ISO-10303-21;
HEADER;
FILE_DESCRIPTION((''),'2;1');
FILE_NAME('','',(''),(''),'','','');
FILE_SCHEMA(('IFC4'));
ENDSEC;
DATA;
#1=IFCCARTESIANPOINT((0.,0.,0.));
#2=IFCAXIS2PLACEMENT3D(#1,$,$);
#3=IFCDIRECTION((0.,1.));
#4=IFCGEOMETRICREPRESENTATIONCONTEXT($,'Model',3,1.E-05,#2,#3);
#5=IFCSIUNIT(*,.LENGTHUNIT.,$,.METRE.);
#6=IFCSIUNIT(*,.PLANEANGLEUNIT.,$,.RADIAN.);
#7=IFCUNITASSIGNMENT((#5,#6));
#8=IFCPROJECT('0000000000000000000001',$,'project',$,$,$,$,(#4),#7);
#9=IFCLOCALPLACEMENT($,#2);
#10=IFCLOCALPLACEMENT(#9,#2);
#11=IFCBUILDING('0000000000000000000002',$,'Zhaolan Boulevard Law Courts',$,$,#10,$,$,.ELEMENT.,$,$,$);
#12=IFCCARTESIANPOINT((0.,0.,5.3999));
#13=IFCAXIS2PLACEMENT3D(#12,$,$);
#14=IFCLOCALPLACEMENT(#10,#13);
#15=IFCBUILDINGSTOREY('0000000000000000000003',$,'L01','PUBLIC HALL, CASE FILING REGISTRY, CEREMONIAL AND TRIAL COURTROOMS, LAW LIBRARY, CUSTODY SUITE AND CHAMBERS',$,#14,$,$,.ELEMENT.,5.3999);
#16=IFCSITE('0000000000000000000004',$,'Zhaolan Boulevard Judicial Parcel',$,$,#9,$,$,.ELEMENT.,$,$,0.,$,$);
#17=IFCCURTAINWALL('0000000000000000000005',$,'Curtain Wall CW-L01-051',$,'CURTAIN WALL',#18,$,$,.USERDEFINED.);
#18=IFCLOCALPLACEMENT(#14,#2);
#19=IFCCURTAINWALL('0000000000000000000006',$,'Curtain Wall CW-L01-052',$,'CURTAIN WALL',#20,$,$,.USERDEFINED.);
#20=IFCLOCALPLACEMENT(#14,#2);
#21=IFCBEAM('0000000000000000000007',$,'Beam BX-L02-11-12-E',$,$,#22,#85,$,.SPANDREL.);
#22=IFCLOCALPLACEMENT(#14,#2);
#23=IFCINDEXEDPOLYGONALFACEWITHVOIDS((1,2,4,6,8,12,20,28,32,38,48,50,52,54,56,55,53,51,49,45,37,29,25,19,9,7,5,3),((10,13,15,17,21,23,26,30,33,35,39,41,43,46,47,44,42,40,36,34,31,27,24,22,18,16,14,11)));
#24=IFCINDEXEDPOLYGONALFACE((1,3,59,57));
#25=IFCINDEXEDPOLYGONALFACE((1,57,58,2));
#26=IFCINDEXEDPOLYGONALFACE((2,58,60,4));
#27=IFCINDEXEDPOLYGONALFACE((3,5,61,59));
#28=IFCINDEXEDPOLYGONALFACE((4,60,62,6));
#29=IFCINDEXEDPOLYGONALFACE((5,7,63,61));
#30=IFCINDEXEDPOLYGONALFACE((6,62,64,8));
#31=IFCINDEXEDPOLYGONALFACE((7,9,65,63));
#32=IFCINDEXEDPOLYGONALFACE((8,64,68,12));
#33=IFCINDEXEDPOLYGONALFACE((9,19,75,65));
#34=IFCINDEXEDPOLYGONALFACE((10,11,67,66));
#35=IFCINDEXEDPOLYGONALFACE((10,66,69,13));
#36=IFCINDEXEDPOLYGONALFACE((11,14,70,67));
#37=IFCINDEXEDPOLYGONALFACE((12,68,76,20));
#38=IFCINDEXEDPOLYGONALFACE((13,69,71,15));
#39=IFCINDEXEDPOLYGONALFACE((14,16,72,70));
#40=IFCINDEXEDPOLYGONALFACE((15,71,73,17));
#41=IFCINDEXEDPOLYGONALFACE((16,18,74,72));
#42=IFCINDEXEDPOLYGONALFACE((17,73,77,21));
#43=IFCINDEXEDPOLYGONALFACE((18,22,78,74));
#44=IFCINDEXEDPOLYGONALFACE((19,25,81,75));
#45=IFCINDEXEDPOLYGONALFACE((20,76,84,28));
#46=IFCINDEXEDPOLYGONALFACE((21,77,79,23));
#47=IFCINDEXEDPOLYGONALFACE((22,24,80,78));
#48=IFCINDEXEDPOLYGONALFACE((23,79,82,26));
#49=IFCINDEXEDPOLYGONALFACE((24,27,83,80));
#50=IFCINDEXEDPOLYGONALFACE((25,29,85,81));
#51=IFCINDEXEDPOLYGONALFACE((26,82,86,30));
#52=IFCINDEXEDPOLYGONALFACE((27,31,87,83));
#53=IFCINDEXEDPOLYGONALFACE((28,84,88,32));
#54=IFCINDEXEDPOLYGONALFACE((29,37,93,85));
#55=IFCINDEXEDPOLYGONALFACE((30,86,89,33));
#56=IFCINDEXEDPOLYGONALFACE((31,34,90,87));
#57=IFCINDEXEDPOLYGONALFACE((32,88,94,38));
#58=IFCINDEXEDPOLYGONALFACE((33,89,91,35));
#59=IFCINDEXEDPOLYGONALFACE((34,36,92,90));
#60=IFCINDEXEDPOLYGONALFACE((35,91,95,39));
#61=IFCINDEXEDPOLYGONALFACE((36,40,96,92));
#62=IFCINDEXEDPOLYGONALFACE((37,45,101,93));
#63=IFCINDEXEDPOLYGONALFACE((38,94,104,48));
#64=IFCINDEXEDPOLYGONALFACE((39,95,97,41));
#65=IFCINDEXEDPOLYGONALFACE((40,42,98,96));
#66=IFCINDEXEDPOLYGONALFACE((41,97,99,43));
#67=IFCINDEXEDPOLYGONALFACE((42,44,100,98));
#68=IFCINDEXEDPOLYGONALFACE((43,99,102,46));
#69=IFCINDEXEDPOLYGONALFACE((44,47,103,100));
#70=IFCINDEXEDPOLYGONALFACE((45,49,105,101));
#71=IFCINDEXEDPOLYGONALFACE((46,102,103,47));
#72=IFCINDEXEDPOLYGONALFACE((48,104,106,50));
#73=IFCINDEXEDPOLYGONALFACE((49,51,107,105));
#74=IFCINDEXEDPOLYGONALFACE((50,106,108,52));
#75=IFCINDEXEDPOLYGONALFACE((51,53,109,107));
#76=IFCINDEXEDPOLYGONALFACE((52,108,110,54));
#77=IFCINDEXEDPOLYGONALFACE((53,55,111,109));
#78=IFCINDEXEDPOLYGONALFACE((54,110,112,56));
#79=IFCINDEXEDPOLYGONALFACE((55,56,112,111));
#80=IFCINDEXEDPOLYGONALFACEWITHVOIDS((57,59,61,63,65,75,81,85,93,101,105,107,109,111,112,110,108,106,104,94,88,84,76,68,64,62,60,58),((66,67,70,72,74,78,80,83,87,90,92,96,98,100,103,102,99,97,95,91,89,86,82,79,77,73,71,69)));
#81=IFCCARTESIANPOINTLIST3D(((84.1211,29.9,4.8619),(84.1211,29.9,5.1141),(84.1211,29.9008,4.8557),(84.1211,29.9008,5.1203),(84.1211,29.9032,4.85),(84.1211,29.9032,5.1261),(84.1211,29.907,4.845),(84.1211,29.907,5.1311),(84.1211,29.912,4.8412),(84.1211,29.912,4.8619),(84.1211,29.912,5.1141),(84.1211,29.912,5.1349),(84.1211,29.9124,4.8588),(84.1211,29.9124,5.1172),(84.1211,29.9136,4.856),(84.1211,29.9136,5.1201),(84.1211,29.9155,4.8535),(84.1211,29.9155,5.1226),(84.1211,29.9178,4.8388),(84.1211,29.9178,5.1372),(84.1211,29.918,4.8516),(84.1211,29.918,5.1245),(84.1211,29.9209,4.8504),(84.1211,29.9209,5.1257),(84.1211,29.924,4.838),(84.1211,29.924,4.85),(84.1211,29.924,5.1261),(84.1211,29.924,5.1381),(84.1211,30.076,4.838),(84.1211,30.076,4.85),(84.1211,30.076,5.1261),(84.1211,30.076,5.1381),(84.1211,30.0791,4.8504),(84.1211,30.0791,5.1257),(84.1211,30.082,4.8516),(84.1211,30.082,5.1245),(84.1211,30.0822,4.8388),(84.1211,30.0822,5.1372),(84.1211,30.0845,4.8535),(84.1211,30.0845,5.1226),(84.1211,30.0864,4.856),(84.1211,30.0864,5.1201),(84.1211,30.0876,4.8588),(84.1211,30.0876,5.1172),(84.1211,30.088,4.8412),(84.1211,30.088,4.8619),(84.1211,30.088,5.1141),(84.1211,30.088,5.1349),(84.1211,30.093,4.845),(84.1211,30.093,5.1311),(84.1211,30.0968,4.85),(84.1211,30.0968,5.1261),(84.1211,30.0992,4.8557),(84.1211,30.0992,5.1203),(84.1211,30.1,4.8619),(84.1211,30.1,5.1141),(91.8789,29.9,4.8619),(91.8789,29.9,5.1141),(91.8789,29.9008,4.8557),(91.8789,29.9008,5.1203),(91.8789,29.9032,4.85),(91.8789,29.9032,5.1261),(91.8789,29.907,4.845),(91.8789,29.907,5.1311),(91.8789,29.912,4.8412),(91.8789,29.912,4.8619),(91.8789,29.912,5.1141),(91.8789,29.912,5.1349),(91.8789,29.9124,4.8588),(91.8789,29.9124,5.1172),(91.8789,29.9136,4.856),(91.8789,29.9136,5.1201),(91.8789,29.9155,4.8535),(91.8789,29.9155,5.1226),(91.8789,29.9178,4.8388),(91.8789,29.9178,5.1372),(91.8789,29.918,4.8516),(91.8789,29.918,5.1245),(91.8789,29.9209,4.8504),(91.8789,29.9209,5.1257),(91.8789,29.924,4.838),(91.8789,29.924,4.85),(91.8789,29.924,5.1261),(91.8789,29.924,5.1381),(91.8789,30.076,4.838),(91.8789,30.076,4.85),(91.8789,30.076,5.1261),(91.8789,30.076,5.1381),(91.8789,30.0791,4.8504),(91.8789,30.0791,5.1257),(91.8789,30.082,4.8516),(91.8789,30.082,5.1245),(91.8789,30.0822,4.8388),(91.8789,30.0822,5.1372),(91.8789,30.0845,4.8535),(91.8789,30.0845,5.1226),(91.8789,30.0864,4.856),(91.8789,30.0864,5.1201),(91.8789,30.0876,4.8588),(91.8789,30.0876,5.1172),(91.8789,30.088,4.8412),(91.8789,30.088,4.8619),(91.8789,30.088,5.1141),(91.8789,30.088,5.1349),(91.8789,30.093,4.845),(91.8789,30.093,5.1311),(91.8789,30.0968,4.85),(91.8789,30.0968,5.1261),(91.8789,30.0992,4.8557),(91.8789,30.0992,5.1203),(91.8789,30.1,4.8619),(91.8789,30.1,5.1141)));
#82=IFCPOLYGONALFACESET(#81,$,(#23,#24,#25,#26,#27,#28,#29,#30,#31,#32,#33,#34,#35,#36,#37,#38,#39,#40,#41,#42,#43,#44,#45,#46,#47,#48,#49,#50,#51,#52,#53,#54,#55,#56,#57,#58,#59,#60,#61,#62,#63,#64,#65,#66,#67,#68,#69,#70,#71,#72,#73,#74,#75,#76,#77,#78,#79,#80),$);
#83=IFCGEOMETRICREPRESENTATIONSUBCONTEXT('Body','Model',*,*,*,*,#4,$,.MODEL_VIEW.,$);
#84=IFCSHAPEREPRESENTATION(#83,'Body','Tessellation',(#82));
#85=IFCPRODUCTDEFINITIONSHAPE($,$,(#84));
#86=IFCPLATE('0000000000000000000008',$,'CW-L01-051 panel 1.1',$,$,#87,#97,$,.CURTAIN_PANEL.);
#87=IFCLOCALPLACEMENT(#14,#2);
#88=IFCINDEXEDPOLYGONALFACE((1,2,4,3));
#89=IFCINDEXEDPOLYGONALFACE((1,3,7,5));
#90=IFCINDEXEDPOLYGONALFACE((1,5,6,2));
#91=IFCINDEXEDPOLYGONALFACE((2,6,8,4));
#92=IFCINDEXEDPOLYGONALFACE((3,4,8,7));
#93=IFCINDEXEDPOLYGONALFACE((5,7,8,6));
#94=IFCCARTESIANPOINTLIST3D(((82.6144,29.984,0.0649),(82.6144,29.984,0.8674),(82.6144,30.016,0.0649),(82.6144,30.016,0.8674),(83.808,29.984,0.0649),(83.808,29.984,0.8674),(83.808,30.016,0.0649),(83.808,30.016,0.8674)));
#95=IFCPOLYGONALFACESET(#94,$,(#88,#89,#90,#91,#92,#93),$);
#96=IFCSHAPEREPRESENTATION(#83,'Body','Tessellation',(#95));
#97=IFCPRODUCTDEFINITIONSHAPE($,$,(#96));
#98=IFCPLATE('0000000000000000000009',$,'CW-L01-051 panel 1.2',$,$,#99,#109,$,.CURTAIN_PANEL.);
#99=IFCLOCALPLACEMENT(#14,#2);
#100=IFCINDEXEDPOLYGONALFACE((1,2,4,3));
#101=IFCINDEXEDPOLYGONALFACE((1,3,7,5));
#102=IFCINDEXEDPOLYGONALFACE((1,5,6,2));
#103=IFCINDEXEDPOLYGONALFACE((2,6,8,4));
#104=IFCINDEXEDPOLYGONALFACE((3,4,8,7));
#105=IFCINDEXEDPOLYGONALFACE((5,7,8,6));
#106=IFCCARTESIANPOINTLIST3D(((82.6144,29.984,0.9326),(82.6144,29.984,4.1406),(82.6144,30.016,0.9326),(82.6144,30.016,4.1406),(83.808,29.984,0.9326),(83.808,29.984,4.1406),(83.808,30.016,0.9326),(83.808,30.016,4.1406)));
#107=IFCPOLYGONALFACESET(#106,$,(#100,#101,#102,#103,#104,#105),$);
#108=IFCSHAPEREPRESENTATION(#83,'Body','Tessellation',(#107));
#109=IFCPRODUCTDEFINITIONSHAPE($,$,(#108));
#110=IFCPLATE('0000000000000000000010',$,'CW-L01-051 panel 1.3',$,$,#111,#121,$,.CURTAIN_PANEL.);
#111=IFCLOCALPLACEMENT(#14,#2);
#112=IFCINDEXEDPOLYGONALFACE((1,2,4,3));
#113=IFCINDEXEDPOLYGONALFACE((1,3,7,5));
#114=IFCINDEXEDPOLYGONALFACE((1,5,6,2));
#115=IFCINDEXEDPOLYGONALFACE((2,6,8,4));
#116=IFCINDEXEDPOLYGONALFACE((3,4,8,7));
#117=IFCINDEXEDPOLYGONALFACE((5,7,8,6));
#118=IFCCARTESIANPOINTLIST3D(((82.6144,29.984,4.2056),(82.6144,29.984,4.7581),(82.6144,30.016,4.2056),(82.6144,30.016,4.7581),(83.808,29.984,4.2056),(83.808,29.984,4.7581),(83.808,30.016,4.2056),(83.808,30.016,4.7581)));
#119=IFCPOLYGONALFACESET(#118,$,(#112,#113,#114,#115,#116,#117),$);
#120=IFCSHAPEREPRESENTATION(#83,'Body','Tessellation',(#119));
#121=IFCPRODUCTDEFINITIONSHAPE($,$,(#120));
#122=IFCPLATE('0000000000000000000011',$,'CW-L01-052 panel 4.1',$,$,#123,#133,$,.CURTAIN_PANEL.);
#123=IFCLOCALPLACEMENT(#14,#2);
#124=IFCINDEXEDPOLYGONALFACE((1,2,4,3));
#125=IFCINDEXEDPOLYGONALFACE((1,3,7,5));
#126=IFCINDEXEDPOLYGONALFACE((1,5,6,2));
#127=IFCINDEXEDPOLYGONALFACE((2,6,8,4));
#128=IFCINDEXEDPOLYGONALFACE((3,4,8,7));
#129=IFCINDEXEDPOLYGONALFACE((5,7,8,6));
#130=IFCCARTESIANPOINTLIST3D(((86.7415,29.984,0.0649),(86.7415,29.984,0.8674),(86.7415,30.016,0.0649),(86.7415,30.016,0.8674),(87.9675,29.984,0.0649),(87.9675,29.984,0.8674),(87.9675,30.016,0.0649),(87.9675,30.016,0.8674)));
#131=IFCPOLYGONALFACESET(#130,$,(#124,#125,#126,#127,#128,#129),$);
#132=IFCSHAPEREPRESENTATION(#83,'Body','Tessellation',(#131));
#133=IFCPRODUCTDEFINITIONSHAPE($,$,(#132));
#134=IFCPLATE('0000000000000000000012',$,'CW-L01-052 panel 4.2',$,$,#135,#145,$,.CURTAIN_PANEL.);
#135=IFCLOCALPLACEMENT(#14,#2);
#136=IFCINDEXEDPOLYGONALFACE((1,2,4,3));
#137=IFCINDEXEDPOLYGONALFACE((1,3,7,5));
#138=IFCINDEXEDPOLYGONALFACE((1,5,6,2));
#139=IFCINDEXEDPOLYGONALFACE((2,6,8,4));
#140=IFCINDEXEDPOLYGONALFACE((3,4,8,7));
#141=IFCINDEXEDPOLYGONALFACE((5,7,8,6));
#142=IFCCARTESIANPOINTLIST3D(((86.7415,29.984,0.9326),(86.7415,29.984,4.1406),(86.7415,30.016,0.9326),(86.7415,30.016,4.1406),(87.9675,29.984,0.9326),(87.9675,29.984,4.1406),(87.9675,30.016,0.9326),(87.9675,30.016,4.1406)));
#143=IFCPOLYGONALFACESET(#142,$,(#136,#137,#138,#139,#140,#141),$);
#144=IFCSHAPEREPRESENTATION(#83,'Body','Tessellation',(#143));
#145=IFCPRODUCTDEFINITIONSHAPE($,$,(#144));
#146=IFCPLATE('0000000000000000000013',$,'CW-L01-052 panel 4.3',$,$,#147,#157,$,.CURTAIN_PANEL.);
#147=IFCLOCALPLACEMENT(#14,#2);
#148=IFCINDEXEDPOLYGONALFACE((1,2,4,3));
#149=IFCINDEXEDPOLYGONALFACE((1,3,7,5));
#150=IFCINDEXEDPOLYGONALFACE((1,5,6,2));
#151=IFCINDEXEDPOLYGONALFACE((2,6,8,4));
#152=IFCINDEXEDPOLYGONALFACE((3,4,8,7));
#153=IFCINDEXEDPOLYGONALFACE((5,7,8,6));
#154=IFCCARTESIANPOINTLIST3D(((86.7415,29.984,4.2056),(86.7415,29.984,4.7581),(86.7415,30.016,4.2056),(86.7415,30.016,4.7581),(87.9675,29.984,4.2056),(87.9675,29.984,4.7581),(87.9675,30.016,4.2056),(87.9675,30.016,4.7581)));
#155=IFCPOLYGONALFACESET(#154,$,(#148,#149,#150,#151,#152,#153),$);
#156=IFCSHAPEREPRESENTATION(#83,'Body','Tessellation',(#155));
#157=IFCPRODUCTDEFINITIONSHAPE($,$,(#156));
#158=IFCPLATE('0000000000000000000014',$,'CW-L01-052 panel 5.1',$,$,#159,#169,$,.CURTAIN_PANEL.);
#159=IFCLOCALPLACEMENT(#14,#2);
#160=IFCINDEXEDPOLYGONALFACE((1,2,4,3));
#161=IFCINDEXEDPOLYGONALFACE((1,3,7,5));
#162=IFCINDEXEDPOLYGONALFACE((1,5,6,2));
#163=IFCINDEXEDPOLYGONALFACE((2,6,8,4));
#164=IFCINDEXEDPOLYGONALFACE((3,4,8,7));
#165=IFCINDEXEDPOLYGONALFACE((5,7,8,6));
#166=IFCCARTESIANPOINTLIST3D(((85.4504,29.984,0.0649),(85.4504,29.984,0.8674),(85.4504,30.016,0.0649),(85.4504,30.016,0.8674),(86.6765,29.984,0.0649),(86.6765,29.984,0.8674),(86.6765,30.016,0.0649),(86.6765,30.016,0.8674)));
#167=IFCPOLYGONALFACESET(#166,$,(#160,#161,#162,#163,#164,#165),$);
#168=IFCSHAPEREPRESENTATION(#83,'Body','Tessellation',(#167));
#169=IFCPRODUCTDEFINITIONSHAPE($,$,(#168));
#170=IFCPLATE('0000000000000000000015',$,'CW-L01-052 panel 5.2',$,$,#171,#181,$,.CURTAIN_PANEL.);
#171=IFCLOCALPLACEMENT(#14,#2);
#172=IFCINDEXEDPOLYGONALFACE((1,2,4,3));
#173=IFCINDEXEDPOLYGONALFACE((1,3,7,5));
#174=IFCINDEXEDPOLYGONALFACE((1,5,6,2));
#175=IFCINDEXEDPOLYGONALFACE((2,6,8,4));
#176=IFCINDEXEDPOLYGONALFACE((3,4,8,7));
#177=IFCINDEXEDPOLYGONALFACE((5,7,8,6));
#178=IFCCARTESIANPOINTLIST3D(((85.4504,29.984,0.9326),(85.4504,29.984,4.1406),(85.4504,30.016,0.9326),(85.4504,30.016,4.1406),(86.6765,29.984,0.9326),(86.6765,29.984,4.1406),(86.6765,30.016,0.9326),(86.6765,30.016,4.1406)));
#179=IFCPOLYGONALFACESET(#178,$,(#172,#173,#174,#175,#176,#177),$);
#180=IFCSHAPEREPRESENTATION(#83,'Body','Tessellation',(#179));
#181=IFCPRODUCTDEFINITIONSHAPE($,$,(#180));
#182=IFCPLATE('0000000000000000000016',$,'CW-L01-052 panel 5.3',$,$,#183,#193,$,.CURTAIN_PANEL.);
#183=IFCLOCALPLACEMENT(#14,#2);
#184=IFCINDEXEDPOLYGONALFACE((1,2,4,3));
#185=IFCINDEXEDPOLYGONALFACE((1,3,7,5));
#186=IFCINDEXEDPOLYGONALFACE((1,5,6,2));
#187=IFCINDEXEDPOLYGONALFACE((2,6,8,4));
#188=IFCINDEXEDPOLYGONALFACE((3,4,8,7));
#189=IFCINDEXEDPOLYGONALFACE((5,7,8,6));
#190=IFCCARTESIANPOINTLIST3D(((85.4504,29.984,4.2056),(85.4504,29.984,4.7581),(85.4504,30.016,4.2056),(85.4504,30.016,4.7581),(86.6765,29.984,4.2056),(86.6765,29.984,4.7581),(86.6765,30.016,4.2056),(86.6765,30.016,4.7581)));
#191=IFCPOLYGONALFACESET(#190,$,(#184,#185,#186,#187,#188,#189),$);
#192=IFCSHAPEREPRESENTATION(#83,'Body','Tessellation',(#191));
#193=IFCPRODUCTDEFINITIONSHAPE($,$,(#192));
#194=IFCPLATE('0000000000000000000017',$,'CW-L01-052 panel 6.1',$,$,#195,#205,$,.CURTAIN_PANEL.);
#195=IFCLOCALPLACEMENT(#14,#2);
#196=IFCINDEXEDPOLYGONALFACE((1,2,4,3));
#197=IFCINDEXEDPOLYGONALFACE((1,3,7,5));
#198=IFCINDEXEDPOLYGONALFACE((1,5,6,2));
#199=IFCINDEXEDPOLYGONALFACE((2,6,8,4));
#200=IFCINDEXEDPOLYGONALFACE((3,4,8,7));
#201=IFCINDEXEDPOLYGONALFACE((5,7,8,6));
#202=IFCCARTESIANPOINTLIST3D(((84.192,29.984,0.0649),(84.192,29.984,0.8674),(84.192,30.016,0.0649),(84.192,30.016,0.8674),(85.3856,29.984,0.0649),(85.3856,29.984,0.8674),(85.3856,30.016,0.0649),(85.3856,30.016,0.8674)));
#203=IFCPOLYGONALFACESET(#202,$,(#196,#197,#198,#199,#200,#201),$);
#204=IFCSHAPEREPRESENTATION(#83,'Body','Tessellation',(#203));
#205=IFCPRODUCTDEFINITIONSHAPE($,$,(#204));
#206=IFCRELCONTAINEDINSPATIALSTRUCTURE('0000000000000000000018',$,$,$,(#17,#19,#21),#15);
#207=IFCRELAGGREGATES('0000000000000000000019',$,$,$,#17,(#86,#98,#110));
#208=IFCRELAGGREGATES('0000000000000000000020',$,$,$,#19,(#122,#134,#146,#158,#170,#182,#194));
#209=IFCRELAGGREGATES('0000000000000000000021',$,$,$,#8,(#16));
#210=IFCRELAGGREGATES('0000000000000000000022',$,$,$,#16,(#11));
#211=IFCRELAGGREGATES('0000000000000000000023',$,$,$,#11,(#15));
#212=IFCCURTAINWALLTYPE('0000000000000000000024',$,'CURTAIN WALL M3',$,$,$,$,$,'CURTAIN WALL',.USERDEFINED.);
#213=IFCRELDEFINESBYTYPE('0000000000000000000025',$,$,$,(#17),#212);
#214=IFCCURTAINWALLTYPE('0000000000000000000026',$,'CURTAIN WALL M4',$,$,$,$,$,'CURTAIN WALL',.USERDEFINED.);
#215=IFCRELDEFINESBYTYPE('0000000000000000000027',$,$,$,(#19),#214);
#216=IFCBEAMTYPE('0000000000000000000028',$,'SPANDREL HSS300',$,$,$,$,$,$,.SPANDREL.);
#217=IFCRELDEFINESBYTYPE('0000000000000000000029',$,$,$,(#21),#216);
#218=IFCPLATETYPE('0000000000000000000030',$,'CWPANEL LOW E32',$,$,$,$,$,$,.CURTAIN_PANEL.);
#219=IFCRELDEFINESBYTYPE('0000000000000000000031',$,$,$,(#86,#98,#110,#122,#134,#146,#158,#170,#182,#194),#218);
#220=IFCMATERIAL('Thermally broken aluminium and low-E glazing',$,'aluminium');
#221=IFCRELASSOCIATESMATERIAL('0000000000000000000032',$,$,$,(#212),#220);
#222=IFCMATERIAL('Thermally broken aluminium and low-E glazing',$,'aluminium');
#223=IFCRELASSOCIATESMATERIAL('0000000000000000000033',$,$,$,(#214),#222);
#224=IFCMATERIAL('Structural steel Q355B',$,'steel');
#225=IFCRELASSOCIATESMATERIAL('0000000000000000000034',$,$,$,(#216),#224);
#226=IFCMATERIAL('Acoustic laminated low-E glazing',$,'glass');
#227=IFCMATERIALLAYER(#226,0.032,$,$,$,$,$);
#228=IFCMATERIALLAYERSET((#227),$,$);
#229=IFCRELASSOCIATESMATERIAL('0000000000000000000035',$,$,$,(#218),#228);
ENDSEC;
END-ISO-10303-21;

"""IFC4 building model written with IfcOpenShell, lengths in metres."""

from ifc_helpers import new_model, si_unit, direction, frame, origin, origin_2d, place, context, subcontext, project, spatial, rectangle, hollow_rectangle, extrude, material, layer, layer_set, material_profile, profile_set, type_object, element, aggregate, save


model = new_model("IFC4")

# Units and contexts
model_context = context("Model", 3, precision=1e-05, world=origin(), true_north=direction((0.0, 1.0)))
body_context = subcontext(model_context, "Body", "Model", "MODEL_VIEW")
ifc_project = project(units=[si_unit("LENGTHUNIT", "METRE"), si_unit("PLANEANGLEUNIT", "RADIAN")], contexts=[model_context])

# Site, building, storey
site_placement = place(None, origin())
site = spatial("IfcSite", under=ifc_project, at=site_placement, Name="Zhaolan Boulevard Judicial Parcel", CompositionType="ELEMENT", RefElevation=0.0)
building_placement = place(site_placement, origin())
building = spatial("IfcBuilding", under=site, at=building_placement, Name="Zhaolan Boulevard Law Courts", CompositionType="ELEMENT")
storey_placement = place(building_placement, frame((0.0, 0.0, 5.3999)))
storey = spatial("IfcBuildingStorey", under=building, at=storey_placement, Name="L01", Description="PUBLIC HALL, CASE FILING REGISTRY, CEREMONIAL AND TRIAL COURTROOMS, LAW LIBRARY, CUSTODY SUITE AND CHAMBERS", CompositionType="ELEMENT", Elevation=5.3999)

# Curtain wall
ifc_material_1 = material(Name="Thermally broken aluminium and low-E glazing", Category="aluminium")
curtain_wall_type_1 = type_object("IfcCurtainWallType", Name="CURTAIN WALL M3", ElementType="CURTAIN WALL", PredefinedType="USERDEFINED", material=ifc_material_1)
curtain_wall_1_placement = place(storey_placement, origin())
curtain_wall_1 = element("IfcCurtainWall", 1, at=curtain_wall_1_placement, inside=storey, type_object=curtain_wall_type_1, Name="Curtain Wall CW-L01-051", ObjectType="CURTAIN WALL", PredefinedType="USERDEFINED")

# Curtain wall
ifc_material_2 = material(Name="Thermally broken aluminium and low-E glazing", Category="aluminium")
curtain_wall_type_2 = type_object("IfcCurtainWallType", Name="CURTAIN WALL M4", ElementType="CURTAIN WALL", PredefinedType="USERDEFINED", material=ifc_material_2)
curtain_wall_2_placement = place(storey_placement, origin())
curtain_wall_2 = element("IfcCurtainWall", 2, at=curtain_wall_2_placement, inside=storey, type_object=curtain_wall_type_2, Name="Curtain Wall CW-L01-052", ObjectType="CURTAIN WALL", PredefinedType="USERDEFINED")

# Beam
ifc_material_3 = material(Name="Structural steel Q355B", Category="steel")
ifc_material_profile_1 = material_profile(ifc_material_3, hollow_rectangle(XDim=0.2, YDim=0.3, WallThickness=0.012, InnerFilletRadius=0.012, OuterFilletRadius=0.0239, at=origin_2d()), Name="HSS300x200x12")
ifc_profile_set_1 = profile_set([ifc_material_profile_1], Name="Structural steel Q355B")
beam_type_1 = type_object("IfcBeamType", Name="SPANDREL HSS300", PredefinedType="SPANDREL", material=ifc_profile_set_1)
beam_1_placement = place(storey_placement, frame((84.1211, 30.0, 4.988), z_axis=(1.0, 0.0, 0.0), x_axis=(0.0, 1.0, 0.0)))
element("IfcBeam", 3, at=beam_1_placement, inside=storey, type_object=beam_type_1, Name="Beam BX-L02-11-12-E", PredefinedType="SPANDREL", context=body_context, shape_type="SweptSolid", body=[
    extrude(hollow_rectangle(XDim=0.2, YDim=0.3, WallThickness=0.012, InnerFilletRadius=0.012, OuterFilletRadius=0.0239, at=origin_2d()), origin(), (0.0, 0.0, 1.0), 7.7578),
])

# Plates
ifc_material_4 = material(Name="Acoustic laminated low-E glazing", Category="glass")
ifc_layer_1 = layer(ifc_material_4, 0.032)
ifc_layer_set_1 = layer_set([ifc_layer_1])
plate_type_1 = type_object("IfcPlateType", Name="CWPANEL LOW E32", PredefinedType="CURTAIN_PANEL", material=ifc_layer_set_1)
plate_1_placement = place(storey_placement, frame((83.2112, 30.0, 0.0649), z_axis=(0.0, 0.0, 1.0), x_axis=(-1.0, 0.0, 0.0)))
plate_1 = element("IfcPlate", 4, at=plate_1_placement, type_object=plate_type_1, Name="CW-L01-051 panel 1.1", PredefinedType="CURTAIN_PANEL", context=body_context, shape_type="SweptSolid", body=[
    extrude(rectangle(XDim=1.1936, YDim=0.032, at=origin_2d()), origin(), (0.0, 0.0, 1.0), 0.8025),
])
plate_2_placement = place(storey_placement, frame((83.2112, 30.0, 0.9326), z_axis=(0.0, 0.0, 1.0), x_axis=(-1.0, 0.0, 0.0)))
plate_2 = element("IfcPlate", 5, at=plate_2_placement, type_object=plate_type_1, Name="CW-L01-051 panel 1.2", PredefinedType="CURTAIN_PANEL", context=body_context, shape_type="SweptSolid", body=[
    extrude(rectangle(XDim=1.1936, YDim=0.032, at=origin_2d()), origin(), (0.0, 0.0, 1.0), 3.208),
])
plate_3_placement = place(storey_placement, frame((83.2112, 30.0, 4.2056), z_axis=(0.0, 0.0, 1.0), x_axis=(-1.0, 0.0, 0.0)))
plate_3 = element("IfcPlate", 6, at=plate_3_placement, type_object=plate_type_1, Name="CW-L01-051 panel 1.3", PredefinedType="CURTAIN_PANEL", context=body_context, shape_type="SweptSolid", body=[
    extrude(rectangle(XDim=1.1936, YDim=0.032, at=origin_2d()), origin(), (0.0, 0.0, 1.0), 0.5525),
])
aggregate(curtain_wall_1, [plate_1, plate_2, plate_3])
plate_4_placement = place(storey_placement, frame((87.3545, 30.0, 0.0649), z_axis=(0.0, 0.0, 1.0), x_axis=(-1.0, 0.0, 0.0)))
plate_4 = element("IfcPlate", 7, at=plate_4_placement, type_object=plate_type_1, Name="CW-L01-052 panel 4.1", PredefinedType="CURTAIN_PANEL", context=body_context, shape_type="SweptSolid", body=[
    extrude(rectangle(XDim=1.2261, YDim=0.032, at=origin_2d()), origin(), (0.0, 0.0, 1.0), 0.8025),
])
plate_5_placement = place(storey_placement, frame((87.3545, 30.0, 0.9326), z_axis=(0.0, 0.0, 1.0), x_axis=(-1.0, 0.0, 0.0)))
plate_5 = element("IfcPlate", 8, at=plate_5_placement, type_object=plate_type_1, Name="CW-L01-052 panel 4.2", PredefinedType="CURTAIN_PANEL", context=body_context, shape_type="SweptSolid", body=[
    extrude(rectangle(XDim=1.2261, YDim=0.032, at=origin_2d()), origin(), (0.0, 0.0, 1.0), 3.208),
])
plate_6_placement = place(storey_placement, frame((87.3545, 30.0, 4.2056), z_axis=(0.0, 0.0, 1.0), x_axis=(-1.0, 0.0, 0.0)))
plate_6 = element("IfcPlate", 9, at=plate_6_placement, type_object=plate_type_1, Name="CW-L01-052 panel 4.3", PredefinedType="CURTAIN_PANEL", context=body_context, shape_type="SweptSolid", body=[
    extrude(rectangle(XDim=1.2261, YDim=0.032, at=origin_2d()), origin(), (0.0, 0.0, 1.0), 0.5525),
])
plate_7_placement = place(storey_placement, frame((86.0635, 30.0, 0.0649), z_axis=(0.0, 0.0, 1.0), x_axis=(-1.0, 0.0, 0.0)))
plate_7 = element("IfcPlate", 10, at=plate_7_placement, type_object=plate_type_1, Name="CW-L01-052 panel 5.1", PredefinedType="CURTAIN_PANEL", context=body_context, shape_type="SweptSolid", body=[
    extrude(rectangle(XDim=1.2261, YDim=0.032, at=origin_2d()), origin(), (0.0, 0.0, 1.0), 0.8025),
])
plate_8_placement = place(storey_placement, frame((86.0635, 30.0, 0.9326), z_axis=(0.0, 0.0, 1.0), x_axis=(-1.0, 0.0, 0.0)))
plate_8 = element("IfcPlate", 11, at=plate_8_placement, type_object=plate_type_1, Name="CW-L01-052 panel 5.2", PredefinedType="CURTAIN_PANEL", context=body_context, shape_type="SweptSolid", body=[
    extrude(rectangle(XDim=1.2261, YDim=0.032, at=origin_2d()), origin(), (0.0, 0.0, 1.0), 3.208),
])
plate_9_placement = place(storey_placement, frame((86.0635, 30.0, 4.2056), z_axis=(0.0, 0.0, 1.0), x_axis=(-1.0, 0.0, 0.0)))
plate_9 = element("IfcPlate", 12, at=plate_9_placement, type_object=plate_type_1, Name="CW-L01-052 panel 5.3", PredefinedType="CURTAIN_PANEL", context=body_context, shape_type="SweptSolid", body=[
    extrude(rectangle(XDim=1.2261, YDim=0.032, at=origin_2d()), origin(), (0.0, 0.0, 1.0), 0.5525),
])
plate_10_placement = place(storey_placement, frame((84.7888, 30.0, 0.0649), z_axis=(0.0, 0.0, 1.0), x_axis=(-1.0, 0.0, 0.0)))
plate_10 = element("IfcPlate", 13, at=plate_10_placement, type_object=plate_type_1, Name="CW-L01-052 panel 6.1", PredefinedType="CURTAIN_PANEL", context=body_context, shape_type="SweptSolid", body=[
    extrude(rectangle(XDim=1.1936, YDim=0.032, at=origin_2d()), origin(), (0.0, 0.0, 1.0), 0.8025),
])
aggregate(curtain_wall_2, [plate_4, plate_5, plate_6, plate_7, plate_8, plate_9, plate_10])

save(model, "model.ifc")
